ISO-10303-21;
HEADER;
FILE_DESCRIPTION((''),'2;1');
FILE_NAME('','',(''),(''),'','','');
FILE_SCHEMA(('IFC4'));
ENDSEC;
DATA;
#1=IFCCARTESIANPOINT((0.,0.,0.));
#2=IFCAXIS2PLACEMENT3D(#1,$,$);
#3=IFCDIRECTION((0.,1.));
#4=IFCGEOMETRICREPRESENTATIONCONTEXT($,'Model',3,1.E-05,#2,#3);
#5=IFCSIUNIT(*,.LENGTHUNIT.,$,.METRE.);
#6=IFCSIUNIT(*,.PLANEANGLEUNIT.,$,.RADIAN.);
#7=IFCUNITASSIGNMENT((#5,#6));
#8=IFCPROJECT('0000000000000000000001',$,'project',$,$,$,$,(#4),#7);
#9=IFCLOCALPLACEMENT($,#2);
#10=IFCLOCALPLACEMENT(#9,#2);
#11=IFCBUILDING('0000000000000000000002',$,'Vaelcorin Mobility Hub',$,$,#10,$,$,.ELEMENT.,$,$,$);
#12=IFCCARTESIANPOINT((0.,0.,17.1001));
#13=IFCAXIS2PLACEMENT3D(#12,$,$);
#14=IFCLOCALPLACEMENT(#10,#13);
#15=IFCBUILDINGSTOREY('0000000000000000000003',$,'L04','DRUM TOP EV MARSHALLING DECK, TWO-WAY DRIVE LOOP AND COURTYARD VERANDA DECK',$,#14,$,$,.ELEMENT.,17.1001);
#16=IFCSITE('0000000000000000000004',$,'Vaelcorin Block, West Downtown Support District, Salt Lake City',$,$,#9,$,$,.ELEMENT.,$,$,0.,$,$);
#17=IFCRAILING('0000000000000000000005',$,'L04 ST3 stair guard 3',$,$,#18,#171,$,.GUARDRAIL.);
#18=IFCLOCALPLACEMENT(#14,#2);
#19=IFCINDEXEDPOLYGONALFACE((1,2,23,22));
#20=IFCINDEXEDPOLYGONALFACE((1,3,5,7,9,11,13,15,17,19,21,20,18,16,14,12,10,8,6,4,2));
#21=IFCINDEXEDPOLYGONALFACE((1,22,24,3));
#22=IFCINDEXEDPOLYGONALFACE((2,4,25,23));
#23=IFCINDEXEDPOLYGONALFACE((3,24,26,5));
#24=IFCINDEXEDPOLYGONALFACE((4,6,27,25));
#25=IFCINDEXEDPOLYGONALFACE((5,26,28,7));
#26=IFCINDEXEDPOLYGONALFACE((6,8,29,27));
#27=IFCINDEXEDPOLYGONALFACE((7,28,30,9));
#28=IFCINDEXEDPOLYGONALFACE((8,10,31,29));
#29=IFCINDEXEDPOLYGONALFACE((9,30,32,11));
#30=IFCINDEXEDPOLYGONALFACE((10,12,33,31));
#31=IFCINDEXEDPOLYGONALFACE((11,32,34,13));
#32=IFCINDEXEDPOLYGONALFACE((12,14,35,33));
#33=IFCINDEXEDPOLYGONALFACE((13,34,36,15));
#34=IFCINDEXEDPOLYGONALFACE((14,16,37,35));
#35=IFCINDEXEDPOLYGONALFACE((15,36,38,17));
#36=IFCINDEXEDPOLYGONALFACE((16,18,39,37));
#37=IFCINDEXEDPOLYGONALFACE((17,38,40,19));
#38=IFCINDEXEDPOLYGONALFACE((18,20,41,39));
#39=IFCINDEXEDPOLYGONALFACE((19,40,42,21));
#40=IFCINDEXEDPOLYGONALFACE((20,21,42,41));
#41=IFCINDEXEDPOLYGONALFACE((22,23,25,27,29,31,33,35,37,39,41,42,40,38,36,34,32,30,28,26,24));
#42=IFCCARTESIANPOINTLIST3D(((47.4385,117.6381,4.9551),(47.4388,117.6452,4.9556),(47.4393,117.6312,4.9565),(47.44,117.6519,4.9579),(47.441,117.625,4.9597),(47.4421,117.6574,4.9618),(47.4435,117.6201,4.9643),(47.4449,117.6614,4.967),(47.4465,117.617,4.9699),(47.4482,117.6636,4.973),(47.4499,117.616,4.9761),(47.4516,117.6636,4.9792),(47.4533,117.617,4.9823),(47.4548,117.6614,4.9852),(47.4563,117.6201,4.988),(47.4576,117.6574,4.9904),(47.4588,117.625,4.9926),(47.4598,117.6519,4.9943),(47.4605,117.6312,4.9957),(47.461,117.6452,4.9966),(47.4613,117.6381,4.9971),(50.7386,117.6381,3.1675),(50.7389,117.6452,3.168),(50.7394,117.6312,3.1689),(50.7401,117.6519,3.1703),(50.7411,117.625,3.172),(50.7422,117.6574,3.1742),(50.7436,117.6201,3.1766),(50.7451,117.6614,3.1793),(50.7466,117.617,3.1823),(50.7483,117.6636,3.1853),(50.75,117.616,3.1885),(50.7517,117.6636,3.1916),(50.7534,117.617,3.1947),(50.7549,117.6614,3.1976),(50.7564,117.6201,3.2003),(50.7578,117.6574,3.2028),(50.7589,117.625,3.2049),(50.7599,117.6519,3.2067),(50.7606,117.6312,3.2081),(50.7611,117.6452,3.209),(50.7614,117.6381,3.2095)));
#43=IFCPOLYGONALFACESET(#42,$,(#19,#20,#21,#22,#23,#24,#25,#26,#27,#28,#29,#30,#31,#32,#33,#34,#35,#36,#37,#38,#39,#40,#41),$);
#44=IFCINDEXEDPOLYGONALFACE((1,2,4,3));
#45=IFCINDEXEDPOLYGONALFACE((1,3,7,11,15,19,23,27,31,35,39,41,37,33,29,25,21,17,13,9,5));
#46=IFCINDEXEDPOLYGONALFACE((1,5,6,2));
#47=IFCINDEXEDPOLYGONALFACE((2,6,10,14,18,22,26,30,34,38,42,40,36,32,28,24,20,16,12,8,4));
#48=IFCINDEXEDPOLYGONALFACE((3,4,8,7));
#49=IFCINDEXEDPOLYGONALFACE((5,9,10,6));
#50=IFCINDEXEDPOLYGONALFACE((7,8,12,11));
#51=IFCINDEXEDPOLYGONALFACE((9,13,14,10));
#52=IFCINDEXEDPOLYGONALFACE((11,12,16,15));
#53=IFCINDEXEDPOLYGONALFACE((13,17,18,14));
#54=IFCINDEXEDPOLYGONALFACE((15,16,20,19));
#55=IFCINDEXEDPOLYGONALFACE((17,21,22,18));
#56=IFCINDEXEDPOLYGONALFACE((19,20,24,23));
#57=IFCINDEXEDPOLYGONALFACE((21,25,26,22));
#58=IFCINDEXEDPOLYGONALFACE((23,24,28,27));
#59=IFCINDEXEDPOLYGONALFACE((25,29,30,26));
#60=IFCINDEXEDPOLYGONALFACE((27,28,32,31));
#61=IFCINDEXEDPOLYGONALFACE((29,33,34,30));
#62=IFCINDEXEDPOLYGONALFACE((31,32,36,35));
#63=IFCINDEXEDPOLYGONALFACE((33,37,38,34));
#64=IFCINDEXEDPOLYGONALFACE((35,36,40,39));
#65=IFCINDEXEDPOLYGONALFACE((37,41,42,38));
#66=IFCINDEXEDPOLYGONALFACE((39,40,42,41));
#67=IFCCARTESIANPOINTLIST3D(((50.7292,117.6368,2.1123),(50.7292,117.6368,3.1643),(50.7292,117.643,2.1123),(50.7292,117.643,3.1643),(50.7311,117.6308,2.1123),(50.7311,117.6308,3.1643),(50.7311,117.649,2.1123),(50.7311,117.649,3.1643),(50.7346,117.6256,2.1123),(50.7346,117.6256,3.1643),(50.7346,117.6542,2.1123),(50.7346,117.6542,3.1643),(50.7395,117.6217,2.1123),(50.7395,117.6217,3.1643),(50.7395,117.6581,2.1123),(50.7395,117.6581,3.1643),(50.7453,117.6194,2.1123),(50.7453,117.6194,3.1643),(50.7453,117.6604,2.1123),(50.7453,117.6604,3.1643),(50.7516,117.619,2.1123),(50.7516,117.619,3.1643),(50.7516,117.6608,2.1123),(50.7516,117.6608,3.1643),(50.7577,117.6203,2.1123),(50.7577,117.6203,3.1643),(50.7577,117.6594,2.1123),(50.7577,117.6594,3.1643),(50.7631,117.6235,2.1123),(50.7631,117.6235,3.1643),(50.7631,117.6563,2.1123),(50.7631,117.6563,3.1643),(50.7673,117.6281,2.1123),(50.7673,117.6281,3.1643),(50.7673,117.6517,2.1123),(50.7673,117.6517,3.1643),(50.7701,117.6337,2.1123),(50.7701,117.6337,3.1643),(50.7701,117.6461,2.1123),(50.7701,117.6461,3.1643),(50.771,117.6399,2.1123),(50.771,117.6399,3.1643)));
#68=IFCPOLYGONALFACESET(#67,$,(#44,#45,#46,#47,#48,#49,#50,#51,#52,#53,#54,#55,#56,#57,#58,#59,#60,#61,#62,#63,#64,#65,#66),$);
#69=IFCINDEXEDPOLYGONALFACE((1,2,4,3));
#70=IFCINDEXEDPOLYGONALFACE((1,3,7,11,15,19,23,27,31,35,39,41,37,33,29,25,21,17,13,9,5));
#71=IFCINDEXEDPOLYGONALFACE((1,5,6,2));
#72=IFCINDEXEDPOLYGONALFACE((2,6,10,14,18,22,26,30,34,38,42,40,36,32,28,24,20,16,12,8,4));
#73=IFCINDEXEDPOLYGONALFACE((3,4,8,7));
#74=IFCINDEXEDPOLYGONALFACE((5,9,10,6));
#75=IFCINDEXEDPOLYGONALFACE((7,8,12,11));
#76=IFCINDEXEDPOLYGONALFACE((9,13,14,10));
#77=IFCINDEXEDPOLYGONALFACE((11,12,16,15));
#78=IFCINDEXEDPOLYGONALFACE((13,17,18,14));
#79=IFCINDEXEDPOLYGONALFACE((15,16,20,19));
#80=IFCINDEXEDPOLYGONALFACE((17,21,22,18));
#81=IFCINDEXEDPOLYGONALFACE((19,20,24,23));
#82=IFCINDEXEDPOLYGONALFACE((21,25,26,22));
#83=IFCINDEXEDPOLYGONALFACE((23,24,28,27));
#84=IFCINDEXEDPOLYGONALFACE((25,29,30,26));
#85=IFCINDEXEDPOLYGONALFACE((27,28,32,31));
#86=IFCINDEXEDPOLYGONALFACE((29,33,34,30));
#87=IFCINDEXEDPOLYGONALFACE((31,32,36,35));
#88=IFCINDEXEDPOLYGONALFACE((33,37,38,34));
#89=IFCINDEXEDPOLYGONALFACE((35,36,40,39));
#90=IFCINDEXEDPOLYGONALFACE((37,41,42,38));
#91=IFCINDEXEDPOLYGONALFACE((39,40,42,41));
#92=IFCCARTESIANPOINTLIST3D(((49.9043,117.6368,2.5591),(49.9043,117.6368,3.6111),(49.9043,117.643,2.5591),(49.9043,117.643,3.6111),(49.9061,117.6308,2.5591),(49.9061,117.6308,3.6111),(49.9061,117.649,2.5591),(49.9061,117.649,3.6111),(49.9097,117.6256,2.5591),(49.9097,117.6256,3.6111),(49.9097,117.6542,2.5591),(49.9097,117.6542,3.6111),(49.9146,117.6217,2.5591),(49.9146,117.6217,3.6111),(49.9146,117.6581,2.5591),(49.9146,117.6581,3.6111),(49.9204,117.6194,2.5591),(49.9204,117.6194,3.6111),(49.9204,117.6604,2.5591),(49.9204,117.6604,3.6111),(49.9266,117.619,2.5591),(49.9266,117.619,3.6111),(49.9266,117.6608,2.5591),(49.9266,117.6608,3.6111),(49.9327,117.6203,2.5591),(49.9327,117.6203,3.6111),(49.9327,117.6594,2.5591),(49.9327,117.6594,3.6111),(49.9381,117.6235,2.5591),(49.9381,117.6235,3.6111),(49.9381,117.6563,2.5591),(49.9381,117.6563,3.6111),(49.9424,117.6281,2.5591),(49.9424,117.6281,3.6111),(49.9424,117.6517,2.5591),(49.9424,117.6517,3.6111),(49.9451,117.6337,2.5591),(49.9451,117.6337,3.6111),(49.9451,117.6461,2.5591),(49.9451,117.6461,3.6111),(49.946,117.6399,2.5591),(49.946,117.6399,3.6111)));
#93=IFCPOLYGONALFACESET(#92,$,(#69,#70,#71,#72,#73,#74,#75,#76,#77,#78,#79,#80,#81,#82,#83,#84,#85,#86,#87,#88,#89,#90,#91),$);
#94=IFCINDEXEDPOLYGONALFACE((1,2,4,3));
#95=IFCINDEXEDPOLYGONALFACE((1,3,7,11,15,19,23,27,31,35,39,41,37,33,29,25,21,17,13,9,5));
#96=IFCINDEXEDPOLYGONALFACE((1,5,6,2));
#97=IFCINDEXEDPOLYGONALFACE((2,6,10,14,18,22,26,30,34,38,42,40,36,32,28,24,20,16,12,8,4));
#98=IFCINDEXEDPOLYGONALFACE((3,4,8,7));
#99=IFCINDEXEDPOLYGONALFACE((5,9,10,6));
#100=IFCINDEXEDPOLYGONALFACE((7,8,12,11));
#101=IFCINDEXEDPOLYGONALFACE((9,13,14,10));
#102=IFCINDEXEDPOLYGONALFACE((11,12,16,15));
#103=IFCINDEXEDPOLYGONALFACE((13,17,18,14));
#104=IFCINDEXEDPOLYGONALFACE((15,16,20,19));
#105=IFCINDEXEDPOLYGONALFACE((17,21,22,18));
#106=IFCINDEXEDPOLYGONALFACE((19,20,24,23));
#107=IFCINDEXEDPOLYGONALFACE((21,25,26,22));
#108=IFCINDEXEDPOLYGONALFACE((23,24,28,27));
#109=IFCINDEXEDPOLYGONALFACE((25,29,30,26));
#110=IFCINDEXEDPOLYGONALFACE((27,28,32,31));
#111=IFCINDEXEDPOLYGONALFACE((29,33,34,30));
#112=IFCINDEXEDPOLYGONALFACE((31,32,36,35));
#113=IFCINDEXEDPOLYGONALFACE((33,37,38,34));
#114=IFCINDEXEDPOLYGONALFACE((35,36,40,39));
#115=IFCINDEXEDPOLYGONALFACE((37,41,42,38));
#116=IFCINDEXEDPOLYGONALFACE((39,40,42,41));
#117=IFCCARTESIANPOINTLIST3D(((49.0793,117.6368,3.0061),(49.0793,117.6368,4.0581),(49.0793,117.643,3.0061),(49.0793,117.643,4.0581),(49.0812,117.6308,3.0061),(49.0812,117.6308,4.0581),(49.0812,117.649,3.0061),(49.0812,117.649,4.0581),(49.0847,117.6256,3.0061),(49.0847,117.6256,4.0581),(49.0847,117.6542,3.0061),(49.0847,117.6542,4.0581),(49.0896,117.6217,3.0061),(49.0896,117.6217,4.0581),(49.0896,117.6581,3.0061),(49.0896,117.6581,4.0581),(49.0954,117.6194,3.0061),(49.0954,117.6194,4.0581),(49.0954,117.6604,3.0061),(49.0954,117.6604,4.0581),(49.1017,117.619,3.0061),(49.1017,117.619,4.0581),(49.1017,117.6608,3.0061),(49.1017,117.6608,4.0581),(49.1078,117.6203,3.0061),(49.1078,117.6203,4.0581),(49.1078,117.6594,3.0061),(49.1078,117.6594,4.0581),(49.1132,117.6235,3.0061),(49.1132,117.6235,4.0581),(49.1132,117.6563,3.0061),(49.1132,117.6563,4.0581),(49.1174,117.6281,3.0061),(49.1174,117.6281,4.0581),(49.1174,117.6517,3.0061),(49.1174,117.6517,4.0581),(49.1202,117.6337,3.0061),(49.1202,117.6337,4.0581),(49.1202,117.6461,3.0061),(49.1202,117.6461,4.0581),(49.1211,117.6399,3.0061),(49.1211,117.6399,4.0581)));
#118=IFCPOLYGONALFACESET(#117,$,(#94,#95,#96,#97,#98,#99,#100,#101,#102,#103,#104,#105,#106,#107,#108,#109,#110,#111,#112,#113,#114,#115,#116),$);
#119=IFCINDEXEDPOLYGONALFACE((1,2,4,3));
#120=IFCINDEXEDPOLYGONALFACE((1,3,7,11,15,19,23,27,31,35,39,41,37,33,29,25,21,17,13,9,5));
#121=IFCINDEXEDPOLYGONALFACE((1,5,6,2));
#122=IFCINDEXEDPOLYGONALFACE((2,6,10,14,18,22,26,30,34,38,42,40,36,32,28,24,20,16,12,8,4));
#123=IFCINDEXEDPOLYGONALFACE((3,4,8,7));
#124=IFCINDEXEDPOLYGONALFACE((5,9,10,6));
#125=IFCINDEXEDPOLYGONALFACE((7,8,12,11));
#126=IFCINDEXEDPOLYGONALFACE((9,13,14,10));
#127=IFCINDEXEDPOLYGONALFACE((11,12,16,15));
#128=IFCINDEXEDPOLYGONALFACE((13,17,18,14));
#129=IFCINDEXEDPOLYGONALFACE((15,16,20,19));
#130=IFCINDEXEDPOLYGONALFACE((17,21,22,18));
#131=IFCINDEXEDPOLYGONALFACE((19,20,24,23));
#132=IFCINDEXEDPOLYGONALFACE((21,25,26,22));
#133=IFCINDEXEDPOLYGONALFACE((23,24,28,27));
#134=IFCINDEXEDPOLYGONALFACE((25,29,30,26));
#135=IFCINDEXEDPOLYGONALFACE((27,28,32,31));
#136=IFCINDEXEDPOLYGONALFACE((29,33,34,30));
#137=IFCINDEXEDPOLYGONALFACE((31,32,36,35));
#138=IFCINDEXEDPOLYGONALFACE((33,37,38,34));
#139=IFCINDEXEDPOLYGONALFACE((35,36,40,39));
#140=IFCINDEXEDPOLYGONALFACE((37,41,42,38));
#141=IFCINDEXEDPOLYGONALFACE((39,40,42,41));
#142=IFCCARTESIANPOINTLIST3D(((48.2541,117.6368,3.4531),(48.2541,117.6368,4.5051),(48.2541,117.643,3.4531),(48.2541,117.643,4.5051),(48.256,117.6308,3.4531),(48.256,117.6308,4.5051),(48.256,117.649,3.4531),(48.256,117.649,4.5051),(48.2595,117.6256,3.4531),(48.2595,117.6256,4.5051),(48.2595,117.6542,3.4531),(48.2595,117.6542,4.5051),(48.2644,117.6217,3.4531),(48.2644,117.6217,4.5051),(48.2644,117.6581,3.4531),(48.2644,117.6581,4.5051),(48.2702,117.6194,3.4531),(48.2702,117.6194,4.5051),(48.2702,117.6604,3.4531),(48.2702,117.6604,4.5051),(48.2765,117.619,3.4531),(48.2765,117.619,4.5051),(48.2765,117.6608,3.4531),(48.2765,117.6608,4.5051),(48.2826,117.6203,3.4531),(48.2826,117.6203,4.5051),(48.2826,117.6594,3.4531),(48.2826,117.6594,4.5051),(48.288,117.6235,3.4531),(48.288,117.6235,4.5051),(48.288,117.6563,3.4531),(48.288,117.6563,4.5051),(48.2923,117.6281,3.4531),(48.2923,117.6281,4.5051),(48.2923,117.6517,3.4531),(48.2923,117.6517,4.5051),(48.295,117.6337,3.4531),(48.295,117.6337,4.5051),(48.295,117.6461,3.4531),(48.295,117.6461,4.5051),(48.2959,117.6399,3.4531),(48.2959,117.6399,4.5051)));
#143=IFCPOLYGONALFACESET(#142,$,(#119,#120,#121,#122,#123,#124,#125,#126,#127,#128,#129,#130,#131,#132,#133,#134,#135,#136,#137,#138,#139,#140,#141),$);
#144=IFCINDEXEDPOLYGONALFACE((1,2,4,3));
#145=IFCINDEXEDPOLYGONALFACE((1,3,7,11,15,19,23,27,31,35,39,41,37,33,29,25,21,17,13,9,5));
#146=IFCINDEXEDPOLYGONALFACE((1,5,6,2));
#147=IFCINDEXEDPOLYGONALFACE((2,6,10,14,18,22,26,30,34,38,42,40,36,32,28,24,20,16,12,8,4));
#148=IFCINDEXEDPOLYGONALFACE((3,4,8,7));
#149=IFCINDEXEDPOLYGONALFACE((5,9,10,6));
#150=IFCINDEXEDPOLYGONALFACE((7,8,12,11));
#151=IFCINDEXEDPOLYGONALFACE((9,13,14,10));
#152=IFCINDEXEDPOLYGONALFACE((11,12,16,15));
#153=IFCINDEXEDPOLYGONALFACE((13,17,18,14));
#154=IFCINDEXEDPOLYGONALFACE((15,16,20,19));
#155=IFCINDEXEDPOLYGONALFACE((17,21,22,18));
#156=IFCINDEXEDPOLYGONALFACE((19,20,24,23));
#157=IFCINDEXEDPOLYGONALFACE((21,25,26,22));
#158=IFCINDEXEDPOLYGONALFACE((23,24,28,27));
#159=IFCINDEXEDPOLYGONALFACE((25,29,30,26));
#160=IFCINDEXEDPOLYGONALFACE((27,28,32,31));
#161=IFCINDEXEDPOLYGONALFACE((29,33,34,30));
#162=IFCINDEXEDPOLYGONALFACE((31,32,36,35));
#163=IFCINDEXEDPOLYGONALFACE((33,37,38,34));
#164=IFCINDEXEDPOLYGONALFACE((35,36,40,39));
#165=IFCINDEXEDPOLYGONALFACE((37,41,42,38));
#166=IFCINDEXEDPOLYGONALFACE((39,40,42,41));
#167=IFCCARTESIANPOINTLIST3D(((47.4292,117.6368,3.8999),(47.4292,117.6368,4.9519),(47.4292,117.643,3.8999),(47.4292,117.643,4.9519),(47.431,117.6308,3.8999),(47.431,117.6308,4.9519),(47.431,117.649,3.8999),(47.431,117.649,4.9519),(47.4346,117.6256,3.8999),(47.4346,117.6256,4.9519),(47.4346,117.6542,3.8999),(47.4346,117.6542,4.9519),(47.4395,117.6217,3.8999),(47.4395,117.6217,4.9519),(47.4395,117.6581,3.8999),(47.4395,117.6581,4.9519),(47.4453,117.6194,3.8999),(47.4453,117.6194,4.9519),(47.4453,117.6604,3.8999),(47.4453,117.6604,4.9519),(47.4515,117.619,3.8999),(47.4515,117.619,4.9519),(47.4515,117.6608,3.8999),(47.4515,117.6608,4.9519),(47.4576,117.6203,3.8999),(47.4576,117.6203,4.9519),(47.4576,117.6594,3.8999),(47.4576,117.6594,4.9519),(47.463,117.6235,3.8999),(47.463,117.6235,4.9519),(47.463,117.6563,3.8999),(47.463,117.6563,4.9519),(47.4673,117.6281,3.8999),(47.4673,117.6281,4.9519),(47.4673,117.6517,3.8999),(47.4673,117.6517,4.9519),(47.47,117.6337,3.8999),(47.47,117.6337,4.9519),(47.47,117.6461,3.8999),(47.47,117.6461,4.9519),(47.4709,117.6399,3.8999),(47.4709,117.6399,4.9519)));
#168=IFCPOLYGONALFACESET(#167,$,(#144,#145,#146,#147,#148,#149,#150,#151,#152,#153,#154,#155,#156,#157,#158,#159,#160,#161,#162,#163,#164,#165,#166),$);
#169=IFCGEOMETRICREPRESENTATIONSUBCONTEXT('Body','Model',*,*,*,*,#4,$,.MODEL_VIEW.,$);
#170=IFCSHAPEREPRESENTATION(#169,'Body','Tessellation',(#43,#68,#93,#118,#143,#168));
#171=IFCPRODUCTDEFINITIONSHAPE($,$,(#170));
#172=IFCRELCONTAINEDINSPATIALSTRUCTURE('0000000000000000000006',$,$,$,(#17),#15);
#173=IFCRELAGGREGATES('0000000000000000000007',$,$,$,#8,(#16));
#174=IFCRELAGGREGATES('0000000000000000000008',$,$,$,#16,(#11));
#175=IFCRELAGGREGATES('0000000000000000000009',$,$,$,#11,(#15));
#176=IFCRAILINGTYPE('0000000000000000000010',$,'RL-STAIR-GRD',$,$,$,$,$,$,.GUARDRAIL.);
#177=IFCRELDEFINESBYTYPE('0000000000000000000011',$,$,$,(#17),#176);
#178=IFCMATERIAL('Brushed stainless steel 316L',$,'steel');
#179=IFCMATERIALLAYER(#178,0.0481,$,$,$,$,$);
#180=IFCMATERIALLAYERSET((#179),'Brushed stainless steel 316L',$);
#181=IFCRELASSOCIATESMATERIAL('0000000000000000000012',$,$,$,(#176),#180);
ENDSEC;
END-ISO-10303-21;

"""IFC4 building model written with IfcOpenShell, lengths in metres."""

from ifc_helpers import new_model, si_unit, direction, frame, origin, origin_2d, place, context, subcontext, project, spatial, circle, extrude, material, layer, layer_set, type_object, element, save


model = new_model("IFC4")

# Units and contexts
model_context = context("Model", 3, precision=1e-05, world=origin(), true_north=direction((0.0, 1.0)))
body_context = subcontext(model_context, "Body", "Model", "MODEL_VIEW")
ifc_project = project(units=[si_unit("LENGTHUNIT", "METRE"), si_unit("PLANEANGLEUNIT", "RADIAN")], contexts=[model_context])

# Site, building, storey
site_placement = place(None, origin())
site = spatial("IfcSite", under=ifc_project, at=site_placement, Name="Vaelcorin Block, West Downtown Support District, Salt Lake City", CompositionType="ELEMENT", RefElevation=0.0)
building_placement = place(site_placement, origin())
building = spatial("IfcBuilding", under=site, at=building_placement, Name="Vaelcorin Mobility Hub", CompositionType="ELEMENT")
storey_placement = place(building_placement, frame((0.0, 0.0, 17.1001)))
storey = spatial("IfcBuildingStorey", under=building, at=storey_placement, Name="L04", Description="DRUM TOP EV MARSHALLING DECK, TWO-WAY DRIVE LOOP AND COURTYARD VERANDA DECK", CompositionType="ELEMENT", Elevation=17.1001)

# Railing
ifc_material_1 = material(Name="Brushed stainless steel 316L", Category="steel")
ifc_layer_1 = layer(ifc_material_1, 0.0481)
ifc_layer_set_1 = layer_set([ifc_layer_1], Name="Brushed stainless steel 316L")
railing_type_1 = type_object("IfcRailingType", Name="RL-STAIR-GRD", PredefinedType="GUARDRAIL", material=ifc_layer_set_1)
railing_1_placement = place(storey_placement, frame((50.75, 117.6399, 2.1123)))
element("IfcRailing", 1, at=railing_1_placement, inside=storey, type_object=railing_type_1, Name="L04 ST3 stair guard 3", PredefinedType="GUARDRAIL", context=body_context, shape_type="SweptSolid", body=[
    extrude(circle(Radius=0.0239, at=origin_2d()), frame((0.0, 0.0, 1.0762), z_axis=(-0.879284, 0.0, 0.476298), x_axis=(0.0, -1.0, 0.0)), (0.0, 0.0, 1.0), 3.7532),
    extrude(circle(Radius=0.021, at=origin_2d()), origin(), (0.0, 0.0, 1.0), 1.052),
    extrude(circle(Radius=0.021, at=origin_2d()), frame((-0.825, 0.0, 0.4468)), (0.0, 0.0, 1.0), 1.052),
    extrude(circle(Radius=0.021, at=origin_2d()), frame((-1.6499, 0.0, 0.8938)), (0.0, 0.0, 1.0), 1.052),
    extrude(circle(Radius=0.021, at=origin_2d()), frame((-2.4751, 0.0, 1.3408)), (0.0, 0.0, 1.0), 1.052),
    extrude(circle(Radius=0.021, at=origin_2d()), frame((-3.3, 0.0, 1.7876)), (0.0, 0.0, 1.0), 1.052),
])

save(model, "model.ifc")
